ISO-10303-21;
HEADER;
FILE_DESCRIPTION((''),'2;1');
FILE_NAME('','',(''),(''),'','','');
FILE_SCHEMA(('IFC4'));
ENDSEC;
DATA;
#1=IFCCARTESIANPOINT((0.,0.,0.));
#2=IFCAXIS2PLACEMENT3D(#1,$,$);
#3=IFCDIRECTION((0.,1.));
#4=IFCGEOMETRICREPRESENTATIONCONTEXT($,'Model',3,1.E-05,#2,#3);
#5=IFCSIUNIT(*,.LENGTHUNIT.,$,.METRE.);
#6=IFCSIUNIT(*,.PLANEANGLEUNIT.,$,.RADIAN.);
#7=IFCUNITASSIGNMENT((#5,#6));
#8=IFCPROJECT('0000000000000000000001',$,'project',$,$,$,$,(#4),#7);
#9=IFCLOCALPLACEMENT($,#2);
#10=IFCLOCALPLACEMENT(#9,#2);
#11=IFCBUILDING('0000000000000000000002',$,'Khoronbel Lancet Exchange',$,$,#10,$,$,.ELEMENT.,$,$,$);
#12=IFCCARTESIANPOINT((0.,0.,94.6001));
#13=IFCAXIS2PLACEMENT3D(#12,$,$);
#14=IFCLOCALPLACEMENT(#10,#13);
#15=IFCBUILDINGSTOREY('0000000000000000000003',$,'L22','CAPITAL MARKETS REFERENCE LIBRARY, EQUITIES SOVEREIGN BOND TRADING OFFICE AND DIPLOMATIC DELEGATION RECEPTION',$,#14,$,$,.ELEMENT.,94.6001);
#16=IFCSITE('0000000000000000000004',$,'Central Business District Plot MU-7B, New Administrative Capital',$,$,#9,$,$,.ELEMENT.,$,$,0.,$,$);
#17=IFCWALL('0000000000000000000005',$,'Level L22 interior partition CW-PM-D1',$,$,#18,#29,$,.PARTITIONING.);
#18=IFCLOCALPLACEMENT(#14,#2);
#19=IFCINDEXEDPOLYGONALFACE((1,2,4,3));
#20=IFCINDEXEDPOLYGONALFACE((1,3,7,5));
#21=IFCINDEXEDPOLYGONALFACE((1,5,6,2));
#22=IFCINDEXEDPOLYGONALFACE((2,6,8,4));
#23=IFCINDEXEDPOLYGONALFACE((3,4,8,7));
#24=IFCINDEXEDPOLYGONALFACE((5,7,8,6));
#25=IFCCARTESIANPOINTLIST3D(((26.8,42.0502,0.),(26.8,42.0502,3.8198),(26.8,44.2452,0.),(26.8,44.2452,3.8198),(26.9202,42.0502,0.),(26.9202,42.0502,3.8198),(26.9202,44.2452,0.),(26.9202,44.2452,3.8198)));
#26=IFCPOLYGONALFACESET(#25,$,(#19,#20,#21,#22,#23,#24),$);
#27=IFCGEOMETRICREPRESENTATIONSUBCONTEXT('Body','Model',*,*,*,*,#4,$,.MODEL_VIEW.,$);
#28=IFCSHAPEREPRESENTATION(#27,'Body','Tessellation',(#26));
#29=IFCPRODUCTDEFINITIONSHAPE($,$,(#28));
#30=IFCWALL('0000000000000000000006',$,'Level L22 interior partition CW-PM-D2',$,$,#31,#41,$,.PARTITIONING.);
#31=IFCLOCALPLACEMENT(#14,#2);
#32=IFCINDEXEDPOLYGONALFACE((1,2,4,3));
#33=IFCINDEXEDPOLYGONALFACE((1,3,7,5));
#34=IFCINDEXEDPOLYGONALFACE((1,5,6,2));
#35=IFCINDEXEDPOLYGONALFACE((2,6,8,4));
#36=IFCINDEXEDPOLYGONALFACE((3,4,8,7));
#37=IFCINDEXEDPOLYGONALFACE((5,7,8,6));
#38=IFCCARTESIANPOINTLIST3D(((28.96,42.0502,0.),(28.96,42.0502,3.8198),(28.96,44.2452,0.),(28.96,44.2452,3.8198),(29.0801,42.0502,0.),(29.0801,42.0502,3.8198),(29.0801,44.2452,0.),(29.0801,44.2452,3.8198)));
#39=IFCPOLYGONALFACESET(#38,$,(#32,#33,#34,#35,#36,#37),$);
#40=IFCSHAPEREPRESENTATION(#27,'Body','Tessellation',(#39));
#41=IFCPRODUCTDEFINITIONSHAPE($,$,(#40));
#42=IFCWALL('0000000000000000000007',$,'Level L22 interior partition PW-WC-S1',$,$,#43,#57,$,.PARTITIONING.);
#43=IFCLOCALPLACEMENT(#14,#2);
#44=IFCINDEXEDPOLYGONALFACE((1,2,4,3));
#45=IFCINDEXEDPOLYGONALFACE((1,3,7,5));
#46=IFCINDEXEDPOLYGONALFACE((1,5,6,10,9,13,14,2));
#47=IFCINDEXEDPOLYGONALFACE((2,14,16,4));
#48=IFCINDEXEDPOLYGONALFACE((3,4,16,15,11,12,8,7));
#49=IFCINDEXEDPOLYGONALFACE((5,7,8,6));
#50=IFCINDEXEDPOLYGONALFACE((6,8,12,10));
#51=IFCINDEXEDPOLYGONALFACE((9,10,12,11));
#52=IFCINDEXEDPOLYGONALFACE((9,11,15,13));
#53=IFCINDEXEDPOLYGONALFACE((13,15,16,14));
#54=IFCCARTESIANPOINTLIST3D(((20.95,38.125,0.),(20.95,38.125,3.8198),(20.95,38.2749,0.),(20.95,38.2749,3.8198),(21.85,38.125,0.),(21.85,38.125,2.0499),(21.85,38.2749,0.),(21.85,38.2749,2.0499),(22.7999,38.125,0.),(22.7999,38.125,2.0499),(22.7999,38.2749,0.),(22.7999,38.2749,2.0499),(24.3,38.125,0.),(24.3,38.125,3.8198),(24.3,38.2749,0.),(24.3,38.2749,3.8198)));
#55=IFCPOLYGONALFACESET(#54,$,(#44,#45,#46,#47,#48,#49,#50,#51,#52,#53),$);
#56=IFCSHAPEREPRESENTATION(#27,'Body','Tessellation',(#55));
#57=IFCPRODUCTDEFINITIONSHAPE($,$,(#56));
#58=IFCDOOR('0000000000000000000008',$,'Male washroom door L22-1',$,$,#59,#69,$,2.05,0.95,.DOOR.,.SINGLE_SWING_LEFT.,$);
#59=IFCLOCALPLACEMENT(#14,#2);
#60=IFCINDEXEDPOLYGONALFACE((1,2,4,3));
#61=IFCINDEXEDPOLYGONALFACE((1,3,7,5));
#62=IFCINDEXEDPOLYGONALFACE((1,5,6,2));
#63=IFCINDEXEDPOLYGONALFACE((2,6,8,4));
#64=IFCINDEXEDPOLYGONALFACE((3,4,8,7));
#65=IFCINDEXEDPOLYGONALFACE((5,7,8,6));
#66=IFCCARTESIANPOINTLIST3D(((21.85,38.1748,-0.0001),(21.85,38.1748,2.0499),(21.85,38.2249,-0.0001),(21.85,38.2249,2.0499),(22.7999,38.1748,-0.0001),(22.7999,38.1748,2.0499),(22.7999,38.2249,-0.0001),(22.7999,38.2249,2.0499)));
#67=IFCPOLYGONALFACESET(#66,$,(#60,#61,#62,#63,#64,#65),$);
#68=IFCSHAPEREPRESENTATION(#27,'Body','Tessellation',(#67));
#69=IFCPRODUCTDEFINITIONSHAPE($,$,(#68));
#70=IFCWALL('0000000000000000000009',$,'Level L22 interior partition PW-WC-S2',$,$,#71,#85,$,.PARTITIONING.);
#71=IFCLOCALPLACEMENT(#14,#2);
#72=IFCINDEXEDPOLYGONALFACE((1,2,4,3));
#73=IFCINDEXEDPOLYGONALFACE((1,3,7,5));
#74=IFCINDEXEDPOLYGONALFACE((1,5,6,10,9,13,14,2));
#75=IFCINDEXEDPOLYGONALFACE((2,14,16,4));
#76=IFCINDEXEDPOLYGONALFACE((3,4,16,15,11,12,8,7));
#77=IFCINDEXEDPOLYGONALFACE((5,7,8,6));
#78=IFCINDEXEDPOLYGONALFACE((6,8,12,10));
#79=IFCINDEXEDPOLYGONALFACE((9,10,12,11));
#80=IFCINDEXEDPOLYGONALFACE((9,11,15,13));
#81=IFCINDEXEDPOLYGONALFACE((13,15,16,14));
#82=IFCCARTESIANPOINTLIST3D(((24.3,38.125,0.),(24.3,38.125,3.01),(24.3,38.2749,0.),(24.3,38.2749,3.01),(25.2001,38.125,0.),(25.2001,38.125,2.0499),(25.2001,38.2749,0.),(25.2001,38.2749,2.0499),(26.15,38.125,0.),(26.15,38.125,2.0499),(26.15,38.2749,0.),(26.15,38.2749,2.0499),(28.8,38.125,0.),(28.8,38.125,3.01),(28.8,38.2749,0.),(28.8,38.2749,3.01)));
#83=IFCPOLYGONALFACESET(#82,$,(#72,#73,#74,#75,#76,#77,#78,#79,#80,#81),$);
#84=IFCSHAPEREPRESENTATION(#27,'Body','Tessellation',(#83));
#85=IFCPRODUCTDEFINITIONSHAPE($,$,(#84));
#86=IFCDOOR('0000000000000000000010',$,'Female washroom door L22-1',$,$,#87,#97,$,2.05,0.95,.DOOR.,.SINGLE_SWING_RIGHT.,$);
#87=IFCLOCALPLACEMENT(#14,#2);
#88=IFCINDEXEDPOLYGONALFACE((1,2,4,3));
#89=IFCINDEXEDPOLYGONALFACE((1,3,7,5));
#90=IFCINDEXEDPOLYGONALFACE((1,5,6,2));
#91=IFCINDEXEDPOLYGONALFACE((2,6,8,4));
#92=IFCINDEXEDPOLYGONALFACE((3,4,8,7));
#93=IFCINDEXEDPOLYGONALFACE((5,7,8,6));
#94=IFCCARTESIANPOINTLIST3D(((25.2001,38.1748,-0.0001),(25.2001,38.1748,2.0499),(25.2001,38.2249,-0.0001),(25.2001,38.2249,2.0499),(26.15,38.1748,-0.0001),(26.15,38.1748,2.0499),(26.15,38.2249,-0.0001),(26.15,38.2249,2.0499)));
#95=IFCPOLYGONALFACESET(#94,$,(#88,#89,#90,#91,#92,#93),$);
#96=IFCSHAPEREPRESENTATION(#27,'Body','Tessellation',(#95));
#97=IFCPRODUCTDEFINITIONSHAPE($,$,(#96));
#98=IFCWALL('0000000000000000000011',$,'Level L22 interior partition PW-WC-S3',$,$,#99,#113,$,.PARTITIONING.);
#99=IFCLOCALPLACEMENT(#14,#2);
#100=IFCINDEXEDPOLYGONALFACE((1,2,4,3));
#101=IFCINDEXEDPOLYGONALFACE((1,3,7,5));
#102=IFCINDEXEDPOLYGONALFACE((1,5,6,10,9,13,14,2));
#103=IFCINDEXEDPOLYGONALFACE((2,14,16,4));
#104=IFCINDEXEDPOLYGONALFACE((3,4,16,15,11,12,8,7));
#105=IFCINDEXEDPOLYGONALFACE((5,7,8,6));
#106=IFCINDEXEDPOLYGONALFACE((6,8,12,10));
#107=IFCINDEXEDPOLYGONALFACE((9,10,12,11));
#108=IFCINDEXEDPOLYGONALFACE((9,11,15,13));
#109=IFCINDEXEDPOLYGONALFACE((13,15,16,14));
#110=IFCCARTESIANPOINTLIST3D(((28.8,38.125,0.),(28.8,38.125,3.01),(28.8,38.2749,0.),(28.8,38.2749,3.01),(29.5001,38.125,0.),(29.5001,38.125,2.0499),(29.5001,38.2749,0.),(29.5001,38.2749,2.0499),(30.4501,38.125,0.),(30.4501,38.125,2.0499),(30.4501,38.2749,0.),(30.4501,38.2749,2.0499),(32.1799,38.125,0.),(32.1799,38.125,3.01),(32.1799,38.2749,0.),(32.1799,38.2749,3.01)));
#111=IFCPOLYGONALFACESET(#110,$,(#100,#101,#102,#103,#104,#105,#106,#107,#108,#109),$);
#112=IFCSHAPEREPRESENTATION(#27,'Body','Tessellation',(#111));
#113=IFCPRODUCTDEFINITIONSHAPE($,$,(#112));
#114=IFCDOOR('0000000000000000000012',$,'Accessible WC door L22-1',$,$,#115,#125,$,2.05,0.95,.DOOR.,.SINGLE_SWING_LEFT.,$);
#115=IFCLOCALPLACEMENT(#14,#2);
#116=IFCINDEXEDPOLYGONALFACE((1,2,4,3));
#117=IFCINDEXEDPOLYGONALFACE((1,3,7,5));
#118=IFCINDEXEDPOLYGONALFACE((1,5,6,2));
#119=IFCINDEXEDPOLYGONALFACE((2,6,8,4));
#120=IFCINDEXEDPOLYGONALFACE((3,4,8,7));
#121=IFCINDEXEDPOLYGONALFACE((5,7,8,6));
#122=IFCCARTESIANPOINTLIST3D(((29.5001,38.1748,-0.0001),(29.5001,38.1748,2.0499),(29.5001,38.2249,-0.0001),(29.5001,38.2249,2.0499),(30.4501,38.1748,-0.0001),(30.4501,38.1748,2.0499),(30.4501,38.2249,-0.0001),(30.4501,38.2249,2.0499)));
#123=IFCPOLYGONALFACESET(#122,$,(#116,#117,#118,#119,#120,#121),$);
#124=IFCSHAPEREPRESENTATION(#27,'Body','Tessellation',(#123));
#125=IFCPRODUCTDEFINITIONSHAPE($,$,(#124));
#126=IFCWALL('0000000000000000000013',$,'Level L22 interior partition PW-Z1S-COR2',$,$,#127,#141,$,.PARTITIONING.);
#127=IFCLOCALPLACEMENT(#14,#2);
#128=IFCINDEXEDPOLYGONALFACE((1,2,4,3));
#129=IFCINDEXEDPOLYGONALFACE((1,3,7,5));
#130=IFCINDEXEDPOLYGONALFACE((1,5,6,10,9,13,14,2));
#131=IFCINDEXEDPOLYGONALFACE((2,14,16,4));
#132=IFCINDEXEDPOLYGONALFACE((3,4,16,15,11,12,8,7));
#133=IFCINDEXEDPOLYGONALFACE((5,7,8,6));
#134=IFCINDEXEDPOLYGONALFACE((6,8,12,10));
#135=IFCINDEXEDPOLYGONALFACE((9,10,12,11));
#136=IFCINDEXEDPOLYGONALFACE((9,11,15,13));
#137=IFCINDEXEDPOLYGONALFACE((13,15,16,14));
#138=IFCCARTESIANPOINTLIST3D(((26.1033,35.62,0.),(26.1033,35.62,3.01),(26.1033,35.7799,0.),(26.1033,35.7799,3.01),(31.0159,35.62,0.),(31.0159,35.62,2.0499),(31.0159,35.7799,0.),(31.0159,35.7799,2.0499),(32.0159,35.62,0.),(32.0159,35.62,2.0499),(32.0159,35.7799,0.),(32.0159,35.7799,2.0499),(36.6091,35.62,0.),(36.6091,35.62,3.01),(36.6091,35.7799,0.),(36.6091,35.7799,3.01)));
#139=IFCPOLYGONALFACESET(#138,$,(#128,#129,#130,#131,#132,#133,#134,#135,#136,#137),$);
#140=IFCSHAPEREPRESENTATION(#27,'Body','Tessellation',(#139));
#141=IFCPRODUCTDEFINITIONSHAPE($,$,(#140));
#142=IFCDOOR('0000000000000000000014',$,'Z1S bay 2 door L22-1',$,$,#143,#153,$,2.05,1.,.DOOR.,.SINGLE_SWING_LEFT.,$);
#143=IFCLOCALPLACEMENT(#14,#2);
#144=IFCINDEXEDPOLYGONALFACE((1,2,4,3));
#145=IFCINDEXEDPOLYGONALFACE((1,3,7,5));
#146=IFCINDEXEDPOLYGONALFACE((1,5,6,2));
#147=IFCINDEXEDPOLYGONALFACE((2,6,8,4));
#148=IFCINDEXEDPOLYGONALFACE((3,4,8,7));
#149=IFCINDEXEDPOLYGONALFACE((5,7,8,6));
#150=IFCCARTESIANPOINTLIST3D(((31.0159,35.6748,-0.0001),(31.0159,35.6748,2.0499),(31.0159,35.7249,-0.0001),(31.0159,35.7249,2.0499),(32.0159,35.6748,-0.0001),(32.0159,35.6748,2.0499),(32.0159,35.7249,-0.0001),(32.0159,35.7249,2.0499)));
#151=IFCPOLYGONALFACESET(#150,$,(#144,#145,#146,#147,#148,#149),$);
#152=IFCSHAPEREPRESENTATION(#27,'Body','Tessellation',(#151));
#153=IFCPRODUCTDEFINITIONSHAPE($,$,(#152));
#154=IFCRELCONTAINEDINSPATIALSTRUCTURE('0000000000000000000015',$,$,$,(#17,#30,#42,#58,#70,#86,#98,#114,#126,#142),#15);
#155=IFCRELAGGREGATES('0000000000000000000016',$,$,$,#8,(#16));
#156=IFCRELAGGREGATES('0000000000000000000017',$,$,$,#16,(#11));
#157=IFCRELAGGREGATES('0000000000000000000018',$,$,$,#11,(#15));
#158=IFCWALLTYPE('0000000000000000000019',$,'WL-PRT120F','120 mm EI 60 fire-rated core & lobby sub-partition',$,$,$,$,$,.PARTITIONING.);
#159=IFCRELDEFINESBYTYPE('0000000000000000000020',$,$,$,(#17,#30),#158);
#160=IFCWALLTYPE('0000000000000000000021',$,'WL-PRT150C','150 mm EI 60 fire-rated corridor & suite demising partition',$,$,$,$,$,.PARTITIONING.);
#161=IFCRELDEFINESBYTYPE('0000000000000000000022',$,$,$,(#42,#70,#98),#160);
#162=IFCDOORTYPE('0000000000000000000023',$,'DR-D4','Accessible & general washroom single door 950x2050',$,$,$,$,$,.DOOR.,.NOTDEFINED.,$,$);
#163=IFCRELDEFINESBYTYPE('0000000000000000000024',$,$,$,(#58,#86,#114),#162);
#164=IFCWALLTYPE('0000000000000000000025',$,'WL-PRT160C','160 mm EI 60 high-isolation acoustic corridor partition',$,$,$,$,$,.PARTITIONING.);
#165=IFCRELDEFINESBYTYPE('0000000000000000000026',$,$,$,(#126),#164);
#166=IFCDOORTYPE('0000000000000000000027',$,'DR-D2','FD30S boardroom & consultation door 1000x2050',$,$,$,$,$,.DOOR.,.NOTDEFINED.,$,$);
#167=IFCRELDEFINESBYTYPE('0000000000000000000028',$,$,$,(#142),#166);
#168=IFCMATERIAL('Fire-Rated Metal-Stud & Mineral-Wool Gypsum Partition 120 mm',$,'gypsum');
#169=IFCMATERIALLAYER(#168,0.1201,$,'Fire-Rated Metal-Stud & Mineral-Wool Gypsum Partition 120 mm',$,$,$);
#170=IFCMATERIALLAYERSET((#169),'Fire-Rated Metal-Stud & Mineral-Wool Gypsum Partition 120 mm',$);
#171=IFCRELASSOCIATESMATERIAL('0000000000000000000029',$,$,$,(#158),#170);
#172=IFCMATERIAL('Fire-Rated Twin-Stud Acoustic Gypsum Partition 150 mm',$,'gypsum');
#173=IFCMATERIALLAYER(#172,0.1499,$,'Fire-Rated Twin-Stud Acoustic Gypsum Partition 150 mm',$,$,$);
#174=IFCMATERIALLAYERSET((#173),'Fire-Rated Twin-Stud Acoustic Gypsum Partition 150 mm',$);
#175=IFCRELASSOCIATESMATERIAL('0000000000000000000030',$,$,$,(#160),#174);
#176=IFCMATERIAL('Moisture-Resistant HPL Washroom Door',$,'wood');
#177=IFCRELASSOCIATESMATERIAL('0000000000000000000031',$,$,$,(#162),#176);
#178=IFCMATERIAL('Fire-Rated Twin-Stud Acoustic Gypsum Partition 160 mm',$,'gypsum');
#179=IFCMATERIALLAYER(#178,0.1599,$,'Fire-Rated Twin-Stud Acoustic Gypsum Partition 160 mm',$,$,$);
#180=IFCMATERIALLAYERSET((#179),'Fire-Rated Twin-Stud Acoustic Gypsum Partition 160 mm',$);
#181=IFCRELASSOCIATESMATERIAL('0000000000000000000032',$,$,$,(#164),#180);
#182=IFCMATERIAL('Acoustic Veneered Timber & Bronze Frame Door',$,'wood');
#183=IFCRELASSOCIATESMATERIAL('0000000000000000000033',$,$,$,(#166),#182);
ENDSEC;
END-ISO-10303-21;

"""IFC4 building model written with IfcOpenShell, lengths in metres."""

from ifc_helpers import new_model, si_unit, direction, frame, frame_2d, origin, place, context, subcontext, project, spatial, rectangle, extrude, material, layer, layer_set, type_object, element, fill, save


model = new_model("IFC4")

# Units and contexts
model_context = context("Model", 3, precision=1e-05, world=origin(), true_north=direction((0.0, 1.0)))
body_context = subcontext(model_context, "Body", "Model", "MODEL_VIEW")
ifc_project = project(units=[si_unit("LENGTHUNIT", "METRE"), si_unit("PLANEANGLEUNIT", "RADIAN")], contexts=[model_context])

# Site, building, storey
site_placement = place(None, origin())
site = spatial("IfcSite", under=ifc_project, at=site_placement, Name="Central Business District Plot MU-7B, New Administrative Capital", CompositionType="ELEMENT", RefElevation=0.0)
building_placement = place(site_placement, origin())
building = spatial("IfcBuilding", under=site, at=building_placement, Name="Khoronbel Lancet Exchange", CompositionType="ELEMENT")
storey_placement = place(building_placement, frame((0.0, 0.0, 94.6001)))
storey = spatial("IfcBuildingStorey", under=building, at=storey_placement, Name="L22", Description="CAPITAL MARKETS REFERENCE LIBRARY, EQUITIES SOVEREIGN BOND TRADING OFFICE AND DIPLOMATIC DELEGATION RECEPTION", CompositionType="ELEMENT", Elevation=94.6001)

# Walls
ifc_material_1 = material(Name="Fire-Rated Metal-Stud & Mineral-Wool Gypsum Partition 120 mm", Category="gypsum")
ifc_layer_1 = layer(ifc_material_1, 0.1201, Name="Fire-Rated Metal-Stud & Mineral-Wool Gypsum Partition 120 mm")
ifc_layer_set_1 = layer_set([ifc_layer_1], Name="Fire-Rated Metal-Stud & Mineral-Wool Gypsum Partition 120 mm")
wall_type_1 = type_object("IfcWallType", Name="WL-PRT120F", Description="120 mm EI 60 fire-rated core & lobby sub-partition", PredefinedType="PARTITIONING", material=ifc_layer_set_1)
for number, where, z_axis, x_axis, name in (
    (1, (26.8601, 42.05, 0.0), (0.0, 0.0, 1.0), (0.0, 1.0, 0.0), "Level L22 interior partition CW-PM-D1"),
    (2, (29.02, 42.05, 0.0), (0.0, 0.0, 1.0), (0.0, 1.0, 0.0), "Level L22 interior partition CW-PM-D2"),
):
    element("IfcWall", number, at=place(storey_placement, frame(where, z_axis=z_axis, x_axis=x_axis)), inside=storey, type_object=wall_type_1, Name=name, PredefinedType="PARTITIONING", context=body_context, shape_type="SweptSolid", body=[
        extrude(rectangle(XDim=2.1951, YDim=0.1201, at=frame_2d((1.0977, 0.0))), origin(), (0.0, 0.0, 1.0), 3.8198),
    ])

# Walls, openings, doors
ifc_material_2 = material(Name="Fire-Rated Twin-Stud Acoustic Gypsum Partition 150 mm", Category="gypsum")
ifc_layer_2 = layer(ifc_material_2, 0.1499, Name="Fire-Rated Twin-Stud Acoustic Gypsum Partition 150 mm")
ifc_layer_set_2 = layer_set([ifc_layer_2], Name="Fire-Rated Twin-Stud Acoustic Gypsum Partition 150 mm")
wall_type_2 = type_object("IfcWallType", Name="WL-PRT150C", Description="150 mm EI 60 fire-rated corridor & suite demising partition", PredefinedType="PARTITIONING", material=ifc_layer_set_2)
wall_1_placement = place(storey_placement, frame((20.95, 38.2, 0.0), z_axis=(0.0, 0.0, 1.0), x_axis=(1.0, 0.0, 0.0)))
wall_1 = element("IfcWall", 3, at=wall_1_placement, inside=storey, type_object=wall_type_2, Name="Level L22 interior partition PW-WC-S1", PredefinedType="PARTITIONING", context=body_context, shape_type="SweptSolid", body=[
    extrude(rectangle(XDim=3.3501, YDim=0.1499, at=frame_2d((1.675, 0.0))), origin(), (0.0, 0.0, 1.0), 3.8198),
])
opening_1_placement = place(wall_1_placement, frame((0.8999, 0.0, 0.0)))
opening_1 = element("IfcOpeningElement", 4, at=opening_1_placement, cuts=wall_1, PredefinedType="OPENING", context=body_context, shape_type="SweptSolid", body=[
    extrude(rectangle(XDim=0.95, YDim=2.05, at=frame_2d((0.4751, 1.0249))), frame((0.0, 0.085, 0.0), z_axis=(0.0, -1.0, 0.0), x_axis=(1.0, 0.0, 0.0)), (0.0, 0.0, 1.0), 0.1699),
])
ifc_material_3 = material(Name="Moisture-Resistant HPL Washroom Door", Category="wood")
door_type_1 = type_object("IfcDoorType", Name="DR-D4", Description="Accessible & general washroom single door 950x2050", OperationType="NOTDEFINED", PredefinedType="DOOR", material=ifc_material_3)
door_1_placement = place(opening_1_placement, origin())
door_1 = element("IfcDoor", 5, at=door_1_placement, inside=storey, type_object=door_type_1, Name="Male washroom door L22-1", OperationType="SINGLE_SWING_LEFT", OverallHeight=2.05, OverallWidth=0.95, PredefinedType="DOOR", context=body_context, shape_type="SweptSolid", body=[
    extrude(rectangle(XDim=0.95, YDim=2.05, at=frame_2d((0.4751, 1.0249))), frame((0.0, 0.0249, 0.0), z_axis=(0.0, -1.0, 0.0), x_axis=(1.0, 0.0, 0.0)), (0.0, 0.0, 1.0), 0.05),
])
fill(opening_1, door_1)
wall_2_placement = place(storey_placement, frame((24.3, 38.2, 0.0), z_axis=(0.0, 0.0, 1.0), x_axis=(1.0, 0.0, 0.0)))
wall_2 = element("IfcWall", 6, at=wall_2_placement, inside=storey, type_object=wall_type_2, Name="Level L22 interior partition PW-WC-S2", PredefinedType="PARTITIONING", context=body_context, shape_type="SweptSolid", body=[
    extrude(rectangle(XDim=4.5, YDim=0.1499, at=frame_2d((2.25, 0.0))), origin(), (0.0, 0.0, 1.0), 3.01),
])
opening_2_placement = place(wall_2_placement, frame((0.8999, 0.0, 0.0)))
opening_2 = element("IfcOpeningElement", 7, at=opening_2_placement, cuts=wall_2, PredefinedType="OPENING", context=body_context, shape_type="SweptSolid", body=[
    extrude(rectangle(XDim=0.95, YDim=2.05, at=frame_2d((0.4751, 1.0249))), frame((0.0, 0.085, 0.0), z_axis=(0.0, -1.0, 0.0), x_axis=(1.0, 0.0, 0.0)), (0.0, 0.0, 1.0), 0.1699),
])
door_2_placement = place(opening_2_placement, origin())
door_2 = element("IfcDoor", 8, at=door_2_placement, inside=storey, type_object=door_type_1, Name="Female washroom door L22-1", OperationType="SINGLE_SWING_RIGHT", OverallHeight=2.05, OverallWidth=0.95, PredefinedType="DOOR", context=body_context, shape_type="SweptSolid", body=[
    extrude(rectangle(XDim=0.95, YDim=2.05, at=frame_2d((0.4751, 1.0249))), frame((0.0, 0.0249, 0.0), z_axis=(0.0, -1.0, 0.0), x_axis=(1.0, 0.0, 0.0)), (0.0, 0.0, 1.0), 0.05),
])
fill(opening_2, door_2)
wall_3_placement = place(storey_placement, frame((28.8, 38.2, 0.0), z_axis=(0.0, 0.0, 1.0), x_axis=(1.0, 0.0, 0.0)))
wall_3 = element("IfcWall", 9, at=wall_3_placement, inside=storey, type_object=wall_type_2, Name="Level L22 interior partition PW-WC-S3", PredefinedType="PARTITIONING", context=body_context, shape_type="SweptSolid", body=[
    extrude(rectangle(XDim=3.3799, YDim=0.1499, at=frame_2d((1.6899, 0.0))), origin(), (0.0, 0.0, 1.0), 3.01),
])
opening_3_placement = place(wall_3_placement, frame((0.7, 0.0, 0.0)))
opening_3 = element("IfcOpeningElement", 10, at=opening_3_placement, cuts=wall_3, PredefinedType="OPENING", context=body_context, shape_type="SweptSolid", body=[
    extrude(rectangle(XDim=0.95, YDim=2.05, at=frame_2d((0.4751, 1.0249))), frame((0.0, 0.085, 0.0), z_axis=(0.0, -1.0, 0.0), x_axis=(1.0, 0.0, 0.0)), (0.0, 0.0, 1.0), 0.1699),
])
door_3_placement = place(opening_3_placement, origin())
door_3 = element("IfcDoor", 11, at=door_3_placement, inside=storey, type_object=door_type_1, Name="Accessible WC door L22-1", OperationType="SINGLE_SWING_LEFT", OverallHeight=2.05, OverallWidth=0.95, PredefinedType="DOOR", context=body_context, shape_type="SweptSolid", body=[
    extrude(rectangle(XDim=0.95, YDim=2.05, at=frame_2d((0.4751, 1.0249))), frame((0.0, 0.0249, 0.0), z_axis=(0.0, -1.0, 0.0), x_axis=(1.0, 0.0, 0.0)), (0.0, 0.0, 1.0), 0.05),
])
fill(opening_3, door_3)
ifc_material_4 = material(Name="Fire-Rated Twin-Stud Acoustic Gypsum Partition 160 mm", Category="gypsum")
ifc_layer_3 = layer(ifc_material_4, 0.1599, Name="Fire-Rated Twin-Stud Acoustic Gypsum Partition 160 mm")
ifc_layer_set_3 = layer_set([ifc_layer_3], Name="Fire-Rated Twin-Stud Acoustic Gypsum Partition 160 mm")
wall_type_3 = type_object("IfcWallType", Name="WL-PRT160C", Description="160 mm EI 60 high-isolation acoustic corridor partition", PredefinedType="PARTITIONING", material=ifc_layer_set_3)
wall_4_placement = place(storey_placement, frame((26.1033, 35.7, 0.0), z_axis=(0.0, 0.0, 1.0), x_axis=(1.0, 0.0, 0.0)))
wall_4 = element("IfcWall", 12, at=wall_4_placement, inside=storey, type_object=wall_type_3, Name="Level L22 interior partition PW-Z1S-COR2", PredefinedType="PARTITIONING", context=body_context, shape_type="SweptSolid", body=[
    extrude(rectangle(XDim=10.5059, YDim=0.1599, at=frame_2d((5.2529, 0.0))), origin(), (0.0, 0.0, 1.0), 3.01),
])
opening_4_placement = place(wall_4_placement, frame((4.9126, 0.0, 0.0)))
opening_4 = element("IfcOpeningElement", 13, at=opening_4_placement, cuts=wall_4, PredefinedType="OPENING", context=body_context, shape_type="SweptSolid", body=[
    extrude(rectangle(XDim=1.0, YDim=2.05, at=frame_2d((0.5, 1.0249))), frame((0.0, 0.0898, 0.0), z_axis=(0.0, -1.0, 0.0), x_axis=(1.0, 0.0, 0.0)), (0.0, 0.0, 1.0), 0.1799),
])
ifc_material_5 = material(Name="Acoustic Veneered Timber & Bronze Frame Door", Category="wood")
door_type_2 = type_object("IfcDoorType", Name="DR-D2", Description="FD30S boardroom & consultation door 1000x2050", OperationType="NOTDEFINED", PredefinedType="DOOR", material=ifc_material_5)
door_4_placement = place(opening_4_placement, origin())
door_4 = element("IfcDoor", 14, at=door_4_placement, inside=storey, type_object=door_type_2, Name="Z1S bay 2 door L22-1", OperationType="SINGLE_SWING_LEFT", OverallHeight=2.05, OverallWidth=1.0, PredefinedType="DOOR", context=body_context, shape_type="SweptSolid", body=[
    extrude(rectangle(XDim=1.0, YDim=2.05, at=frame_2d((0.5, 1.0249))), frame((0.0, 0.0249, 0.0), z_axis=(0.0, -1.0, 0.0), x_axis=(1.0, 0.0, 0.0)), (0.0, 0.0, 1.0), 0.05),
])
fill(opening_4, door_4)

save(model, "model.ifc")
